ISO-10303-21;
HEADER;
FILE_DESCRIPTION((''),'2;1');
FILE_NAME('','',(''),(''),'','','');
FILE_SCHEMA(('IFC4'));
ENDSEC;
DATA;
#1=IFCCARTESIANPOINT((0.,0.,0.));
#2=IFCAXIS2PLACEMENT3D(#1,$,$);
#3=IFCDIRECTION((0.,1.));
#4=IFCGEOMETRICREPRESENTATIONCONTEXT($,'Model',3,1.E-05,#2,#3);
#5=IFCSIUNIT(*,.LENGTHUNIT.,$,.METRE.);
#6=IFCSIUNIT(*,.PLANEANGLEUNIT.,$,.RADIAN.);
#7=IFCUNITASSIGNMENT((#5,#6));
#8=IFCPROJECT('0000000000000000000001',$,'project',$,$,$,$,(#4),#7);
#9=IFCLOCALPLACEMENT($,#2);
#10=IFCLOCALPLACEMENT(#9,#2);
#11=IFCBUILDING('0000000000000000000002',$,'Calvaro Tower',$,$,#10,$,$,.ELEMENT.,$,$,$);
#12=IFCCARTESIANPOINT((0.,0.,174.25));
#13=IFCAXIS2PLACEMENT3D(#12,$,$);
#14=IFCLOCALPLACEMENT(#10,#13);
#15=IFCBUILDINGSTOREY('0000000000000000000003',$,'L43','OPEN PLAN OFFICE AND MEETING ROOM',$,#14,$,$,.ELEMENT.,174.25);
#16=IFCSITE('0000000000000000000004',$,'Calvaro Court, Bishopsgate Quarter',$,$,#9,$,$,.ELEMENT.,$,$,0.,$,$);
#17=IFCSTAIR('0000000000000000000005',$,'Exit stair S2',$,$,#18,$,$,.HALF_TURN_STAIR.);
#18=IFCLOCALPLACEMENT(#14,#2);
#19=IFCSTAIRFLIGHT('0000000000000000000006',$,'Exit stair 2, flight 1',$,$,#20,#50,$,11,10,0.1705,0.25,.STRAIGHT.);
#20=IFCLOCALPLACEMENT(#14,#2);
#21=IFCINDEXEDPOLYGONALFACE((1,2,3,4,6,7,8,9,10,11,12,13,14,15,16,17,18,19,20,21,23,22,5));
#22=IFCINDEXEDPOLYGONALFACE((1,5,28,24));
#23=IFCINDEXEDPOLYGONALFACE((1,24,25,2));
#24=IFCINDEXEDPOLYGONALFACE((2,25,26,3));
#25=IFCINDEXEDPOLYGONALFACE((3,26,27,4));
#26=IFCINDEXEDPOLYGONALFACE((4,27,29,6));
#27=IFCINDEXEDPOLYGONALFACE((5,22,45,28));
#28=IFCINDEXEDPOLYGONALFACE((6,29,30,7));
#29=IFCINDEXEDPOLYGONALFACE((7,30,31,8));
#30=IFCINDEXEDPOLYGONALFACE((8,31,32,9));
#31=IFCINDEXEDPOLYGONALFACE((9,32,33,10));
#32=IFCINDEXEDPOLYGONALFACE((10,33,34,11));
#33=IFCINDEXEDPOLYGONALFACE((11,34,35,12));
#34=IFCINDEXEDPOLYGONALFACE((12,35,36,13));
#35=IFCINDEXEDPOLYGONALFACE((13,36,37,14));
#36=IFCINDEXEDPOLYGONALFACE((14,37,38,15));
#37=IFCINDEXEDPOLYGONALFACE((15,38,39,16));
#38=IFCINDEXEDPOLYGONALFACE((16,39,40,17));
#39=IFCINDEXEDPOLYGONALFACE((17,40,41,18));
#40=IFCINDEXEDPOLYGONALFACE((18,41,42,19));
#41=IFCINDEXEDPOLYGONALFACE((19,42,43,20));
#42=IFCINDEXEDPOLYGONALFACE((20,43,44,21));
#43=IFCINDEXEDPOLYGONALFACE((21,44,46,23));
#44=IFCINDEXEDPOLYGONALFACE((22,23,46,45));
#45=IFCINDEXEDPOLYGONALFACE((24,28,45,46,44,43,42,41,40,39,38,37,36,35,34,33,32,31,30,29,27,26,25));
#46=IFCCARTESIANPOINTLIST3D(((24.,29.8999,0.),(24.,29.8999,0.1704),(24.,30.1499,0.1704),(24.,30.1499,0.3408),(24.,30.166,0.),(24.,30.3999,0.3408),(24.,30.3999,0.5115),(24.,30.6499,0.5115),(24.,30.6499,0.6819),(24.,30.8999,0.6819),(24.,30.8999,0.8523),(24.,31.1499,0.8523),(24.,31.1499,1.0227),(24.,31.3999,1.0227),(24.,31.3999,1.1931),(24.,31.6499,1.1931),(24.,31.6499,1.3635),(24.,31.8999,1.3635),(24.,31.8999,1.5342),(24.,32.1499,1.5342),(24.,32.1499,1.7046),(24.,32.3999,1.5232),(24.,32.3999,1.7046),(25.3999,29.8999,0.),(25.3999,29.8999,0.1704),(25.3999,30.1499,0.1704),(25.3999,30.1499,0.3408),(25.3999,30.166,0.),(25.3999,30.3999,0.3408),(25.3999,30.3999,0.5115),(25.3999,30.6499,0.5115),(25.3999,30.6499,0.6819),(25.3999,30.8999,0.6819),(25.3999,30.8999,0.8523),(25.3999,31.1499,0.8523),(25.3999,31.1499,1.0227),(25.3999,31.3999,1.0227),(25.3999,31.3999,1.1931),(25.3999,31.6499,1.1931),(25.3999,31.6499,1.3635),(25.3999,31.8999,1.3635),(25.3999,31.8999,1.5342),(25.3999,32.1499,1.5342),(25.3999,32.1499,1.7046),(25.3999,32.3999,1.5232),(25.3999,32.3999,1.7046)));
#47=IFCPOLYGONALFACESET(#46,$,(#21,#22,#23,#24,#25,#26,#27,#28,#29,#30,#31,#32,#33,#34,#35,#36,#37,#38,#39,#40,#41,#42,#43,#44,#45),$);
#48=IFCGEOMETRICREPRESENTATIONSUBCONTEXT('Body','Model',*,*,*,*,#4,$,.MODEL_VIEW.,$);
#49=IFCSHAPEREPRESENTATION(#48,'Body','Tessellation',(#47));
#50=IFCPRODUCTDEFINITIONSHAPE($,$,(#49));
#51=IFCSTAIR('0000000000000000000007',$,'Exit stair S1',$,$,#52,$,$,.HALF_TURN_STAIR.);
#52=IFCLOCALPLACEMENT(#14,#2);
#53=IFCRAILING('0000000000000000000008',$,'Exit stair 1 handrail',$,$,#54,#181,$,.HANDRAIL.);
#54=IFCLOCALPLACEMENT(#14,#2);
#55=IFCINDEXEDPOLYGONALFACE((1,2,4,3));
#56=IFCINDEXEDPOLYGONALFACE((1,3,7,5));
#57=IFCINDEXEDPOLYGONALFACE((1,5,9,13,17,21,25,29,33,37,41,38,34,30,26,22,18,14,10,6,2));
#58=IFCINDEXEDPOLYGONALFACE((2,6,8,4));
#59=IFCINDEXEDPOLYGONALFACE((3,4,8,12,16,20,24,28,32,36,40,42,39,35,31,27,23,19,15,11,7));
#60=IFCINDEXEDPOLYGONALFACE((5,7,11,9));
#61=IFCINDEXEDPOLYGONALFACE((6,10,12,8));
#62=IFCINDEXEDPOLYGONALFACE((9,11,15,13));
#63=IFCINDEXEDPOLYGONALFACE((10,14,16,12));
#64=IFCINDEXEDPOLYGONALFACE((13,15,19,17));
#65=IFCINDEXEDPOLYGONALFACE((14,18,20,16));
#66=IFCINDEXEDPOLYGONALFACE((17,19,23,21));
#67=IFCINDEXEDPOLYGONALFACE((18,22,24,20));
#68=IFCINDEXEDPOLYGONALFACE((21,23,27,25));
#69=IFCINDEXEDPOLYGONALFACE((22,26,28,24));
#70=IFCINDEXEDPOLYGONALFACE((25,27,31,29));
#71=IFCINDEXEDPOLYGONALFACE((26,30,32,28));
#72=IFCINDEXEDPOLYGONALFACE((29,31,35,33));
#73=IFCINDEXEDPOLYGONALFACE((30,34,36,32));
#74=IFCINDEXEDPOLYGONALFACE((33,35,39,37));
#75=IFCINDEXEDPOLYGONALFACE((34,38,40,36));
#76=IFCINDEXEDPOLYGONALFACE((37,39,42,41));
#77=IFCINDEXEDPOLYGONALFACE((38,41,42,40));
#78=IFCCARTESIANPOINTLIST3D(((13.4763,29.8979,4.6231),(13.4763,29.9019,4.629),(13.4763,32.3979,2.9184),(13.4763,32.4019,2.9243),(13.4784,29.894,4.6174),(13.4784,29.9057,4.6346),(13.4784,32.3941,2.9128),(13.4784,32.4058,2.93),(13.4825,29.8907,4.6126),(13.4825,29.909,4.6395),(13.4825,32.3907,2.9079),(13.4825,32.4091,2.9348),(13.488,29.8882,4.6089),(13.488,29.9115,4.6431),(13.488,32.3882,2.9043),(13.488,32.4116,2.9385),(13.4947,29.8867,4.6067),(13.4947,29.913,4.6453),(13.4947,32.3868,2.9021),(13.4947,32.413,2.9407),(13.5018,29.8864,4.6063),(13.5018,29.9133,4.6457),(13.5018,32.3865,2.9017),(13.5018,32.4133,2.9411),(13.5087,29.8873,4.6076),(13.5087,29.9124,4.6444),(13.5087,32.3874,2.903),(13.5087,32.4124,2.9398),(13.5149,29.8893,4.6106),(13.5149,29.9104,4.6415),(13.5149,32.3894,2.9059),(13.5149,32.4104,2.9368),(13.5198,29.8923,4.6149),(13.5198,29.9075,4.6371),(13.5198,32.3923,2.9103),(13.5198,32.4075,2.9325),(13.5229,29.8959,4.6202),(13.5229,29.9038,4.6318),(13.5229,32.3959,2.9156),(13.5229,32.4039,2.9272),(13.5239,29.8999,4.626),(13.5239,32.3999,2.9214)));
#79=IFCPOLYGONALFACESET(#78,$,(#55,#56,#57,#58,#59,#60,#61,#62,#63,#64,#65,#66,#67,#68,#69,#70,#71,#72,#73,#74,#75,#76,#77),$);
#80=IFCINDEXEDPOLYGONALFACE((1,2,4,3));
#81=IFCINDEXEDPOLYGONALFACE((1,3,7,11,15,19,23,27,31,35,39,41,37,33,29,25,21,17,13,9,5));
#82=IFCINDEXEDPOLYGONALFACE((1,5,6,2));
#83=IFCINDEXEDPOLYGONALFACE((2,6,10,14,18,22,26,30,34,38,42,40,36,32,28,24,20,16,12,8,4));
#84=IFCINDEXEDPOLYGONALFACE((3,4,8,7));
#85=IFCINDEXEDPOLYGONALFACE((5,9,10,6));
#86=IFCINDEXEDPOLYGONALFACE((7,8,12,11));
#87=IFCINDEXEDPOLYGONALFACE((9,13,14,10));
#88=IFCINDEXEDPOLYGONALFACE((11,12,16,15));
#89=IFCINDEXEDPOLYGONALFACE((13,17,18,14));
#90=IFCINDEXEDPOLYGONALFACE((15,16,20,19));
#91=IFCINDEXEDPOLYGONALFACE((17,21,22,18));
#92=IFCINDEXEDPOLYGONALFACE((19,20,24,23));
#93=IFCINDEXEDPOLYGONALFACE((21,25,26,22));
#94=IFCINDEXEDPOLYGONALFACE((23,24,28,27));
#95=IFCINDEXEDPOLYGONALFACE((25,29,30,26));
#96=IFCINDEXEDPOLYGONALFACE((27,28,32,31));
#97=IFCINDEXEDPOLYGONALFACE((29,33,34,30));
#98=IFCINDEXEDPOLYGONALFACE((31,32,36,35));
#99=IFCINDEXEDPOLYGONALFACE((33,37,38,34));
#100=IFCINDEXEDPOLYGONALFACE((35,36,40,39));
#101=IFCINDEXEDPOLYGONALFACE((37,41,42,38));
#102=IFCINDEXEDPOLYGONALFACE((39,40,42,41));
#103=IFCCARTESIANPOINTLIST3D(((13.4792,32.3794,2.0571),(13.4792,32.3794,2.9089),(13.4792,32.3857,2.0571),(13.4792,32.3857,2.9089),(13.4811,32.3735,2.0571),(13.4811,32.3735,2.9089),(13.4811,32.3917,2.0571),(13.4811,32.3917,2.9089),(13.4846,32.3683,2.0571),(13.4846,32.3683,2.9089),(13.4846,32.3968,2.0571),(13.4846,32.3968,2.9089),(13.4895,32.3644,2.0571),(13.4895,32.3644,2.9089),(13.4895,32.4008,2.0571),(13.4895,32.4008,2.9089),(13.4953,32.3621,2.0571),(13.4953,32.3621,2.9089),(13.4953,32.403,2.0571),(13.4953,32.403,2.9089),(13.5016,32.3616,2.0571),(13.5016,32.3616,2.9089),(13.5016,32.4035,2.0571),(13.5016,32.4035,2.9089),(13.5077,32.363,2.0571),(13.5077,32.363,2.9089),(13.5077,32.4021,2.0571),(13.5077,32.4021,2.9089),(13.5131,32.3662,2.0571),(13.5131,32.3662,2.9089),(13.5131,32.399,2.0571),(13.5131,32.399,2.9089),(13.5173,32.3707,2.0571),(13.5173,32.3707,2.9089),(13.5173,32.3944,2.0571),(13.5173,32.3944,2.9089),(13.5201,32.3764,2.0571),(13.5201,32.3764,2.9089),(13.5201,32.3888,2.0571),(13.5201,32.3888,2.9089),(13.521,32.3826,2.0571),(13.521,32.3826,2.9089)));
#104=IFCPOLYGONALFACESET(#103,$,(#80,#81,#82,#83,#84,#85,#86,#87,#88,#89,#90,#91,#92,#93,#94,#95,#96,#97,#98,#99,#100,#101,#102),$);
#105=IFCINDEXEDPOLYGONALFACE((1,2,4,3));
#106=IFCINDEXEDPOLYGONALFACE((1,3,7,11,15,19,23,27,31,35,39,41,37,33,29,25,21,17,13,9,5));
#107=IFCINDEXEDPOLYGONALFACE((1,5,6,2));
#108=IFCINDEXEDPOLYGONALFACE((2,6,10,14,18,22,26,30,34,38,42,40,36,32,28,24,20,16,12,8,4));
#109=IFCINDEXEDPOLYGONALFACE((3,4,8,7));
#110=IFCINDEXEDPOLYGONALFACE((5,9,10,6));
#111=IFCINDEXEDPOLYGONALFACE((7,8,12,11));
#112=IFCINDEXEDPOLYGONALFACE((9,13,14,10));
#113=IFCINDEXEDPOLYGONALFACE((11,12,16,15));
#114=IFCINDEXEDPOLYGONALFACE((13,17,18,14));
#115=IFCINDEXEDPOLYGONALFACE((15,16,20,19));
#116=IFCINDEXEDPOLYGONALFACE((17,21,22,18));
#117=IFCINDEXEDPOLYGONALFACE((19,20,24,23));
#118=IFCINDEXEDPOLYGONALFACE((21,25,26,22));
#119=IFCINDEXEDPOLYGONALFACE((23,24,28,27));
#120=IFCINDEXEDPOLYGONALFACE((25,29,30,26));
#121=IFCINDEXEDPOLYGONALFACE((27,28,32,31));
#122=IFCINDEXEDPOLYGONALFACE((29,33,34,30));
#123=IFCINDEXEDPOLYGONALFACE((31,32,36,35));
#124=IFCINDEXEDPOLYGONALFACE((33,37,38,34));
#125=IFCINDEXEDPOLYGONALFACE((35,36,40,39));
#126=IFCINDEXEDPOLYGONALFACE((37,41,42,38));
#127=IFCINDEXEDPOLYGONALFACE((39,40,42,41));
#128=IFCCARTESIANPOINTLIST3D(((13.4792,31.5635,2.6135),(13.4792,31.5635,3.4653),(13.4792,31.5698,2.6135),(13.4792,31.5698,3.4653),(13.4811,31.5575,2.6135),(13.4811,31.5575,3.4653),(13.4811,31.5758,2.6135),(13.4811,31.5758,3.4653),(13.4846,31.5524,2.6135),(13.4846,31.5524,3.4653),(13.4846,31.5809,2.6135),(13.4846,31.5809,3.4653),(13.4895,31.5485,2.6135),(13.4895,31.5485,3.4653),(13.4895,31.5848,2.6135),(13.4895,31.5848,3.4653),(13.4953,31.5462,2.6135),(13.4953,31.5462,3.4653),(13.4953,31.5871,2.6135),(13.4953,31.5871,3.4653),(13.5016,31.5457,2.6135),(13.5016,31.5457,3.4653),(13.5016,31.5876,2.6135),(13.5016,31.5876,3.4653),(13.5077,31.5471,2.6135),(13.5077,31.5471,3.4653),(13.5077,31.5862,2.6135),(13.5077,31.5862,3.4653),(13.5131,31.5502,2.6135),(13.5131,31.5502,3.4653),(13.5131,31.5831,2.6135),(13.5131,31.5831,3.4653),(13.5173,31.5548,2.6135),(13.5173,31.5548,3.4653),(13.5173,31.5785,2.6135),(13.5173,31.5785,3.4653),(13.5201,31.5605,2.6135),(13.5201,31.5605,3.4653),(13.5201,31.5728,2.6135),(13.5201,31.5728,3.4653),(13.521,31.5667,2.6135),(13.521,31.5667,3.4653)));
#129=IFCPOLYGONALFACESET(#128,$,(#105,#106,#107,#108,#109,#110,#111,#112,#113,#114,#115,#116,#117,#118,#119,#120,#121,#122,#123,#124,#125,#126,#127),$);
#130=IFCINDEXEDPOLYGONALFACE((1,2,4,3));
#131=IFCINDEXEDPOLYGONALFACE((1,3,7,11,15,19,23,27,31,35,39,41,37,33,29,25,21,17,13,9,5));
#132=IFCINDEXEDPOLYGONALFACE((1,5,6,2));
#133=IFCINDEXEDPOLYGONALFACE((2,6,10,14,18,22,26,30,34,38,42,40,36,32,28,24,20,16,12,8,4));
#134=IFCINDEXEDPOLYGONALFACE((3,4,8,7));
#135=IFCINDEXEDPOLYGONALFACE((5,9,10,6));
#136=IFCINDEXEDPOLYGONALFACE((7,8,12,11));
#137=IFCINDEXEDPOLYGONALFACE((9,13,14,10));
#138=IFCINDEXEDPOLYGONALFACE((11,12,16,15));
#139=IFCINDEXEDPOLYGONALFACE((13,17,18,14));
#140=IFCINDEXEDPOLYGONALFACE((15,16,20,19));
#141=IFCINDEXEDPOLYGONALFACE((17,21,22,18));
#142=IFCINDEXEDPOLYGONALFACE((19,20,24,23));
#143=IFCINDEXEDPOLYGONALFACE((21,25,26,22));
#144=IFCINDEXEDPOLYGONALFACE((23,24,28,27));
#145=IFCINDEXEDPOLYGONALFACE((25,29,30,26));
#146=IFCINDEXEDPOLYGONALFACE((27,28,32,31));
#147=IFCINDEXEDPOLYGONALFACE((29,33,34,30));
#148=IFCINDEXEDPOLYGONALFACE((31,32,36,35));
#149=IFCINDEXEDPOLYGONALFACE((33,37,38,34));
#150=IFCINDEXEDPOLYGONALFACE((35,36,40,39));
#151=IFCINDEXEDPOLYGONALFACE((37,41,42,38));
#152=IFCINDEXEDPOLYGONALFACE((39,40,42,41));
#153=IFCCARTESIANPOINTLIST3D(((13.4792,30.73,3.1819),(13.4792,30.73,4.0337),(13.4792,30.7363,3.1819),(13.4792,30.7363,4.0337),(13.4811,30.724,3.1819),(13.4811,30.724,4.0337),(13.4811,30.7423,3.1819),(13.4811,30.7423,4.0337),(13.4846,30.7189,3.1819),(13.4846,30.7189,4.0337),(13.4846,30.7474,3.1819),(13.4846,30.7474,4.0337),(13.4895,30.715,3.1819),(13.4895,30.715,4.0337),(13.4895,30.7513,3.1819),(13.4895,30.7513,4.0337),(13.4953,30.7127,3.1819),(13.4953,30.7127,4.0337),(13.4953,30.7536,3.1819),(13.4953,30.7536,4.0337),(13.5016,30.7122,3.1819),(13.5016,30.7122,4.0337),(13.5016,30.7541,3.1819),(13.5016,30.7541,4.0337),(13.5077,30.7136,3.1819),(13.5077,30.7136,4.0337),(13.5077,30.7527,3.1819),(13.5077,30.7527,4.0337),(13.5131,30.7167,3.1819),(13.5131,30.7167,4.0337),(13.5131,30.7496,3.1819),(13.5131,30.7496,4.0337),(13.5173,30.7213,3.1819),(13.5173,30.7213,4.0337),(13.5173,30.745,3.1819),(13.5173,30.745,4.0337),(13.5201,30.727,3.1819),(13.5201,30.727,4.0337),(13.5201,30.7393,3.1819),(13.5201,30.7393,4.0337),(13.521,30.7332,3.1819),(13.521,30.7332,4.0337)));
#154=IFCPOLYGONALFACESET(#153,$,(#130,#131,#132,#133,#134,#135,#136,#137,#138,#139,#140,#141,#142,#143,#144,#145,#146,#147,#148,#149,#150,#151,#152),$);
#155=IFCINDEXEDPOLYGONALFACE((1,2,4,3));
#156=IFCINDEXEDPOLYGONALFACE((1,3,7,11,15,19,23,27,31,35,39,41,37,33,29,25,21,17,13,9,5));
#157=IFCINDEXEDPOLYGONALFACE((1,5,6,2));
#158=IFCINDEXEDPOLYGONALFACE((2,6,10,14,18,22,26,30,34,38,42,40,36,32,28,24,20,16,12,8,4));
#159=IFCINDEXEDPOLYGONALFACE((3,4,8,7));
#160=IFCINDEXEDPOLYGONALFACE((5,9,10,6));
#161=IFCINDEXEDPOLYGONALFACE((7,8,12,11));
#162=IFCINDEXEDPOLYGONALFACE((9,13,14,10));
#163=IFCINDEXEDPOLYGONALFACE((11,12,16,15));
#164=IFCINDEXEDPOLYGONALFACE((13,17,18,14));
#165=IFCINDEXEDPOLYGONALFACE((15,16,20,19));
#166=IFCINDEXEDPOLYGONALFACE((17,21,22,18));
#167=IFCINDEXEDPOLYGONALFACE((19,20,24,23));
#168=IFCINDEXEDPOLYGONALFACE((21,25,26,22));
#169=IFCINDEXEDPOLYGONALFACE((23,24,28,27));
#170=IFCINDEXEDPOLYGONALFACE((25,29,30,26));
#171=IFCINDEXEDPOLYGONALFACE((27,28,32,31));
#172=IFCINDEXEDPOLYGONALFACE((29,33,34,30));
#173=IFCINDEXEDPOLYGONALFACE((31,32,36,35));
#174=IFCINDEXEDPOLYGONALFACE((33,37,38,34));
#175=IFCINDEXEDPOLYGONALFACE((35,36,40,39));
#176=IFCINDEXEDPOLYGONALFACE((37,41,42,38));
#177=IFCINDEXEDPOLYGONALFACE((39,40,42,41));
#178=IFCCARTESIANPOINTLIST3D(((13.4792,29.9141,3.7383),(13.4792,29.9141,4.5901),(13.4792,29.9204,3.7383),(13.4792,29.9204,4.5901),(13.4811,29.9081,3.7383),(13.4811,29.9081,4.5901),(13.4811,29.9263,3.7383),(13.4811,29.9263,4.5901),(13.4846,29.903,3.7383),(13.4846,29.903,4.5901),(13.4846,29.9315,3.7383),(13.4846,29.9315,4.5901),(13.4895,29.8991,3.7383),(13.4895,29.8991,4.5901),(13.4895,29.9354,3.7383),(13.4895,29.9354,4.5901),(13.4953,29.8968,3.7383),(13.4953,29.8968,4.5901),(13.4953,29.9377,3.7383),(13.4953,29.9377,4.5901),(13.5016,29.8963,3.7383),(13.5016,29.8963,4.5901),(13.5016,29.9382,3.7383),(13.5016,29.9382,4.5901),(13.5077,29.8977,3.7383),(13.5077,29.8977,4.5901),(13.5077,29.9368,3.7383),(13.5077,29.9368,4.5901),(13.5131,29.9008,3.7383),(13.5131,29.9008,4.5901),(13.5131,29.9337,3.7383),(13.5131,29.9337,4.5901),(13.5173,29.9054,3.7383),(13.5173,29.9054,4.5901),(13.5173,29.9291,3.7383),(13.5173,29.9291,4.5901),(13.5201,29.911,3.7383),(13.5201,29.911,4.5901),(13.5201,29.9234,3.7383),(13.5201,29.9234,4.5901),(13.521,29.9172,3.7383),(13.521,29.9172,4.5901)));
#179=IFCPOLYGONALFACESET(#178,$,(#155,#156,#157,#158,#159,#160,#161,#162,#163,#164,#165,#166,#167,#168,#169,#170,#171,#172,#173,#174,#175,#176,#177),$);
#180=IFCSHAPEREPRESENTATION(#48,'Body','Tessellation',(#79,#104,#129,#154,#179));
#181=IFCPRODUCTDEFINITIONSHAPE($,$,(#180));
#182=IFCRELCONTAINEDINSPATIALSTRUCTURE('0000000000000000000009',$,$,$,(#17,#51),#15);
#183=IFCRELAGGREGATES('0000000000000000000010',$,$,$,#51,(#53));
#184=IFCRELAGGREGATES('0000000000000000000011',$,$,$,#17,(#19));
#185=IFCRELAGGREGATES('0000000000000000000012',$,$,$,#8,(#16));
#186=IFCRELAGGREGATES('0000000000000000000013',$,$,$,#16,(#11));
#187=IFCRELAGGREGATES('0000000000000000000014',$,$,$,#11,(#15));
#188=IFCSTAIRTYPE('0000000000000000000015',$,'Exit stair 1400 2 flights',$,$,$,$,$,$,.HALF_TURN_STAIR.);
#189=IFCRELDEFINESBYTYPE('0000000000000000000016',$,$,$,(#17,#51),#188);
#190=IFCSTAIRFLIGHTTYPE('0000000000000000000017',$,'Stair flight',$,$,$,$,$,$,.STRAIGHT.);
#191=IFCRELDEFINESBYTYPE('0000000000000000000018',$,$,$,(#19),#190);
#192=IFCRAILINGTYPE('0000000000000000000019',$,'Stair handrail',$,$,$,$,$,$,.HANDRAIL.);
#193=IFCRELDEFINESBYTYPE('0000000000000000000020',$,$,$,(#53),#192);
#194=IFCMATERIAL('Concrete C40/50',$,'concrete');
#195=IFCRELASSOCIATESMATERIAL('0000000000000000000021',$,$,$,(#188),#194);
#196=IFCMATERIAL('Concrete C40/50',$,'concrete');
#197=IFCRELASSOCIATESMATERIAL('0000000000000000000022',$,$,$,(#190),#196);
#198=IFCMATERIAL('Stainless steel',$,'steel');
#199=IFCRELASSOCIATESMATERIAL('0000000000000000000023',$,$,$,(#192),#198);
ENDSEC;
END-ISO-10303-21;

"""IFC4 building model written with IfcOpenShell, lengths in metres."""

from ifc_helpers import new_model, si_unit, direction, frame, origin, origin_2d, place, context, subcontext, project, spatial, polyline, circle, outline, extrude, material, type_object, element, aggregate, save


model = new_model("IFC4")

# Units and contexts
model_context = context("Model", 3, precision=1e-05, world=origin(), true_north=direction((0.0, 1.0)))
body_context = subcontext(model_context, "Body", "Model", "MODEL_VIEW")
ifc_project = project(units=[si_unit("LENGTHUNIT", "METRE"), si_unit("PLANEANGLEUNIT", "RADIAN")], contexts=[model_context])

# Site, building, storey
site_placement = place(None, origin())
site = spatial("IfcSite", under=ifc_project, at=site_placement, Name="Calvaro Court, Bishopsgate Quarter", CompositionType="ELEMENT", RefElevation=0.0)
building_placement = place(site_placement, origin())
building = spatial("IfcBuilding", under=site, at=building_placement, Name="Calvaro Tower", CompositionType="ELEMENT")
storey_placement = place(building_placement, frame((0.0, 0.0, 174.25)))
storey = spatial("IfcBuildingStorey", under=building, at=storey_placement, Name="L43", Description="OPEN PLAN OFFICE AND MEETING ROOM", CompositionType="ELEMENT", Elevation=174.25)

# Stair, stair flight
ifc_material_1 = material(Name="Concrete C40/50", Category="concrete")
stair_type = type_object("IfcStairType", Name="Exit stair 1400 2 flights", PredefinedType="HALF_TURN_STAIR", material=ifc_material_1)
stair_1_placement = place(storey_placement, origin())
stair_1 = element("IfcStair", 1, at=stair_1_placement, inside=storey, type_object=stair_type, Name="Exit stair S2", PredefinedType="HALF_TURN_STAIR")
ifc_material_2 = material(Name="Concrete C40/50", Category="concrete")
stair_flight_type = type_object("IfcStairFlightType", Name="Stair flight", PredefinedType="STRAIGHT", material=ifc_material_2)
stair_flight_placement = place(storey_placement, frame((24.7, 29.8999, 0.0), z_axis=(0.0, 0.0, 1.0), x_axis=(0.0, 1.0, 0.0)))
stair_flight = element("IfcStairFlight", 2, at=stair_flight_placement, type_object=stair_flight_type, Name="Exit stair 2, flight 1", NumberOfRisers=11, NumberOfTreads=10, PredefinedType="STRAIGHT", RiserHeight=0.1705, TreadLength=0.25, context=body_context, shape_type="SweptSolid", body=[
    extrude(outline(polyline([(0.0, 0.0), (0.0, 0.1704), (0.25, 0.1704), (0.25, 0.3408), (0.5, 0.3408), (0.5, 0.5115), (0.75, 0.5115), (0.75, 0.6819), (1.0, 0.6819), (1.0, 0.8523), (1.25, 0.8523), (1.25, 1.0227), (1.5, 1.0227), (1.5, 1.1931), (1.75, 1.1931), (1.75, 1.3635), (2.0, 1.3635), (2.0, 1.5342), (2.25, 1.5342), (2.25, 1.7046), (2.5, 1.7046), (2.5, 1.875), (2.5, 1.5232), (0.2661, 0.0), (0.0, 0.0)])), frame((0.0, 0.7, 0.0), z_axis=(0.0, -1.0, 0.0), x_axis=(1.0, 0.0, 0.0)), (0.0, 0.0, 1.0), 1.3999),
])

# Stair, railing
stair_2_placement = place(storey_placement, origin())
stair_2 = element("IfcStair", 3, at=stair_2_placement, inside=storey, type_object=stair_type, Name="Exit stair S1", PredefinedType="HALF_TURN_STAIR")
ifc_material_3 = material(Name="Stainless steel", Category="steel")
railing_type = type_object("IfcRailingType", Name="Stair handrail", PredefinedType="HANDRAIL", material=ifc_material_3)
railing_1_placement = place(storey_placement, frame((13.5, 32.3999, 2.0454)))
railing_1 = element("IfcRailing", 4, at=railing_1_placement, type_object=railing_type, Name="Exit stair 1 handrail", PredefinedType="HANDRAIL", context=body_context, shape_type="SweptSolid", body=[
    extrude(circle(Radius=0.0239, at=origin_2d()), frame((0.0, 0.0, 0.876), z_axis=(0.0, -0.826221, 0.563347), x_axis=(1.0, 0.0, 0.0)), (0.0, 0.0, 1.0), 3.0259),
    extrude(circle(Radius=0.021, at=origin_2d()), frame((0.0, -0.0173, 0.0117)), (0.0, 0.0, 1.0), 0.8518),
    extrude(circle(Radius=0.021, at=origin_2d()), frame((0.0, -0.8333, 0.5681)), (0.0, 0.0, 1.0), 0.8518),
    extrude(circle(Radius=0.021, at=origin_2d()), frame((0.0, -1.6667, 1.1365)), (0.0, 0.0, 1.0), 0.8518),
    extrude(circle(Radius=0.021, at=origin_2d()), frame((0.0, -2.4827, 1.6929)), (0.0, 0.0, 1.0), 0.8518),
])
aggregate(stair_2, [railing_1])

aggregate(stair_1, [stair_flight])

save(model, "model.ifc")
